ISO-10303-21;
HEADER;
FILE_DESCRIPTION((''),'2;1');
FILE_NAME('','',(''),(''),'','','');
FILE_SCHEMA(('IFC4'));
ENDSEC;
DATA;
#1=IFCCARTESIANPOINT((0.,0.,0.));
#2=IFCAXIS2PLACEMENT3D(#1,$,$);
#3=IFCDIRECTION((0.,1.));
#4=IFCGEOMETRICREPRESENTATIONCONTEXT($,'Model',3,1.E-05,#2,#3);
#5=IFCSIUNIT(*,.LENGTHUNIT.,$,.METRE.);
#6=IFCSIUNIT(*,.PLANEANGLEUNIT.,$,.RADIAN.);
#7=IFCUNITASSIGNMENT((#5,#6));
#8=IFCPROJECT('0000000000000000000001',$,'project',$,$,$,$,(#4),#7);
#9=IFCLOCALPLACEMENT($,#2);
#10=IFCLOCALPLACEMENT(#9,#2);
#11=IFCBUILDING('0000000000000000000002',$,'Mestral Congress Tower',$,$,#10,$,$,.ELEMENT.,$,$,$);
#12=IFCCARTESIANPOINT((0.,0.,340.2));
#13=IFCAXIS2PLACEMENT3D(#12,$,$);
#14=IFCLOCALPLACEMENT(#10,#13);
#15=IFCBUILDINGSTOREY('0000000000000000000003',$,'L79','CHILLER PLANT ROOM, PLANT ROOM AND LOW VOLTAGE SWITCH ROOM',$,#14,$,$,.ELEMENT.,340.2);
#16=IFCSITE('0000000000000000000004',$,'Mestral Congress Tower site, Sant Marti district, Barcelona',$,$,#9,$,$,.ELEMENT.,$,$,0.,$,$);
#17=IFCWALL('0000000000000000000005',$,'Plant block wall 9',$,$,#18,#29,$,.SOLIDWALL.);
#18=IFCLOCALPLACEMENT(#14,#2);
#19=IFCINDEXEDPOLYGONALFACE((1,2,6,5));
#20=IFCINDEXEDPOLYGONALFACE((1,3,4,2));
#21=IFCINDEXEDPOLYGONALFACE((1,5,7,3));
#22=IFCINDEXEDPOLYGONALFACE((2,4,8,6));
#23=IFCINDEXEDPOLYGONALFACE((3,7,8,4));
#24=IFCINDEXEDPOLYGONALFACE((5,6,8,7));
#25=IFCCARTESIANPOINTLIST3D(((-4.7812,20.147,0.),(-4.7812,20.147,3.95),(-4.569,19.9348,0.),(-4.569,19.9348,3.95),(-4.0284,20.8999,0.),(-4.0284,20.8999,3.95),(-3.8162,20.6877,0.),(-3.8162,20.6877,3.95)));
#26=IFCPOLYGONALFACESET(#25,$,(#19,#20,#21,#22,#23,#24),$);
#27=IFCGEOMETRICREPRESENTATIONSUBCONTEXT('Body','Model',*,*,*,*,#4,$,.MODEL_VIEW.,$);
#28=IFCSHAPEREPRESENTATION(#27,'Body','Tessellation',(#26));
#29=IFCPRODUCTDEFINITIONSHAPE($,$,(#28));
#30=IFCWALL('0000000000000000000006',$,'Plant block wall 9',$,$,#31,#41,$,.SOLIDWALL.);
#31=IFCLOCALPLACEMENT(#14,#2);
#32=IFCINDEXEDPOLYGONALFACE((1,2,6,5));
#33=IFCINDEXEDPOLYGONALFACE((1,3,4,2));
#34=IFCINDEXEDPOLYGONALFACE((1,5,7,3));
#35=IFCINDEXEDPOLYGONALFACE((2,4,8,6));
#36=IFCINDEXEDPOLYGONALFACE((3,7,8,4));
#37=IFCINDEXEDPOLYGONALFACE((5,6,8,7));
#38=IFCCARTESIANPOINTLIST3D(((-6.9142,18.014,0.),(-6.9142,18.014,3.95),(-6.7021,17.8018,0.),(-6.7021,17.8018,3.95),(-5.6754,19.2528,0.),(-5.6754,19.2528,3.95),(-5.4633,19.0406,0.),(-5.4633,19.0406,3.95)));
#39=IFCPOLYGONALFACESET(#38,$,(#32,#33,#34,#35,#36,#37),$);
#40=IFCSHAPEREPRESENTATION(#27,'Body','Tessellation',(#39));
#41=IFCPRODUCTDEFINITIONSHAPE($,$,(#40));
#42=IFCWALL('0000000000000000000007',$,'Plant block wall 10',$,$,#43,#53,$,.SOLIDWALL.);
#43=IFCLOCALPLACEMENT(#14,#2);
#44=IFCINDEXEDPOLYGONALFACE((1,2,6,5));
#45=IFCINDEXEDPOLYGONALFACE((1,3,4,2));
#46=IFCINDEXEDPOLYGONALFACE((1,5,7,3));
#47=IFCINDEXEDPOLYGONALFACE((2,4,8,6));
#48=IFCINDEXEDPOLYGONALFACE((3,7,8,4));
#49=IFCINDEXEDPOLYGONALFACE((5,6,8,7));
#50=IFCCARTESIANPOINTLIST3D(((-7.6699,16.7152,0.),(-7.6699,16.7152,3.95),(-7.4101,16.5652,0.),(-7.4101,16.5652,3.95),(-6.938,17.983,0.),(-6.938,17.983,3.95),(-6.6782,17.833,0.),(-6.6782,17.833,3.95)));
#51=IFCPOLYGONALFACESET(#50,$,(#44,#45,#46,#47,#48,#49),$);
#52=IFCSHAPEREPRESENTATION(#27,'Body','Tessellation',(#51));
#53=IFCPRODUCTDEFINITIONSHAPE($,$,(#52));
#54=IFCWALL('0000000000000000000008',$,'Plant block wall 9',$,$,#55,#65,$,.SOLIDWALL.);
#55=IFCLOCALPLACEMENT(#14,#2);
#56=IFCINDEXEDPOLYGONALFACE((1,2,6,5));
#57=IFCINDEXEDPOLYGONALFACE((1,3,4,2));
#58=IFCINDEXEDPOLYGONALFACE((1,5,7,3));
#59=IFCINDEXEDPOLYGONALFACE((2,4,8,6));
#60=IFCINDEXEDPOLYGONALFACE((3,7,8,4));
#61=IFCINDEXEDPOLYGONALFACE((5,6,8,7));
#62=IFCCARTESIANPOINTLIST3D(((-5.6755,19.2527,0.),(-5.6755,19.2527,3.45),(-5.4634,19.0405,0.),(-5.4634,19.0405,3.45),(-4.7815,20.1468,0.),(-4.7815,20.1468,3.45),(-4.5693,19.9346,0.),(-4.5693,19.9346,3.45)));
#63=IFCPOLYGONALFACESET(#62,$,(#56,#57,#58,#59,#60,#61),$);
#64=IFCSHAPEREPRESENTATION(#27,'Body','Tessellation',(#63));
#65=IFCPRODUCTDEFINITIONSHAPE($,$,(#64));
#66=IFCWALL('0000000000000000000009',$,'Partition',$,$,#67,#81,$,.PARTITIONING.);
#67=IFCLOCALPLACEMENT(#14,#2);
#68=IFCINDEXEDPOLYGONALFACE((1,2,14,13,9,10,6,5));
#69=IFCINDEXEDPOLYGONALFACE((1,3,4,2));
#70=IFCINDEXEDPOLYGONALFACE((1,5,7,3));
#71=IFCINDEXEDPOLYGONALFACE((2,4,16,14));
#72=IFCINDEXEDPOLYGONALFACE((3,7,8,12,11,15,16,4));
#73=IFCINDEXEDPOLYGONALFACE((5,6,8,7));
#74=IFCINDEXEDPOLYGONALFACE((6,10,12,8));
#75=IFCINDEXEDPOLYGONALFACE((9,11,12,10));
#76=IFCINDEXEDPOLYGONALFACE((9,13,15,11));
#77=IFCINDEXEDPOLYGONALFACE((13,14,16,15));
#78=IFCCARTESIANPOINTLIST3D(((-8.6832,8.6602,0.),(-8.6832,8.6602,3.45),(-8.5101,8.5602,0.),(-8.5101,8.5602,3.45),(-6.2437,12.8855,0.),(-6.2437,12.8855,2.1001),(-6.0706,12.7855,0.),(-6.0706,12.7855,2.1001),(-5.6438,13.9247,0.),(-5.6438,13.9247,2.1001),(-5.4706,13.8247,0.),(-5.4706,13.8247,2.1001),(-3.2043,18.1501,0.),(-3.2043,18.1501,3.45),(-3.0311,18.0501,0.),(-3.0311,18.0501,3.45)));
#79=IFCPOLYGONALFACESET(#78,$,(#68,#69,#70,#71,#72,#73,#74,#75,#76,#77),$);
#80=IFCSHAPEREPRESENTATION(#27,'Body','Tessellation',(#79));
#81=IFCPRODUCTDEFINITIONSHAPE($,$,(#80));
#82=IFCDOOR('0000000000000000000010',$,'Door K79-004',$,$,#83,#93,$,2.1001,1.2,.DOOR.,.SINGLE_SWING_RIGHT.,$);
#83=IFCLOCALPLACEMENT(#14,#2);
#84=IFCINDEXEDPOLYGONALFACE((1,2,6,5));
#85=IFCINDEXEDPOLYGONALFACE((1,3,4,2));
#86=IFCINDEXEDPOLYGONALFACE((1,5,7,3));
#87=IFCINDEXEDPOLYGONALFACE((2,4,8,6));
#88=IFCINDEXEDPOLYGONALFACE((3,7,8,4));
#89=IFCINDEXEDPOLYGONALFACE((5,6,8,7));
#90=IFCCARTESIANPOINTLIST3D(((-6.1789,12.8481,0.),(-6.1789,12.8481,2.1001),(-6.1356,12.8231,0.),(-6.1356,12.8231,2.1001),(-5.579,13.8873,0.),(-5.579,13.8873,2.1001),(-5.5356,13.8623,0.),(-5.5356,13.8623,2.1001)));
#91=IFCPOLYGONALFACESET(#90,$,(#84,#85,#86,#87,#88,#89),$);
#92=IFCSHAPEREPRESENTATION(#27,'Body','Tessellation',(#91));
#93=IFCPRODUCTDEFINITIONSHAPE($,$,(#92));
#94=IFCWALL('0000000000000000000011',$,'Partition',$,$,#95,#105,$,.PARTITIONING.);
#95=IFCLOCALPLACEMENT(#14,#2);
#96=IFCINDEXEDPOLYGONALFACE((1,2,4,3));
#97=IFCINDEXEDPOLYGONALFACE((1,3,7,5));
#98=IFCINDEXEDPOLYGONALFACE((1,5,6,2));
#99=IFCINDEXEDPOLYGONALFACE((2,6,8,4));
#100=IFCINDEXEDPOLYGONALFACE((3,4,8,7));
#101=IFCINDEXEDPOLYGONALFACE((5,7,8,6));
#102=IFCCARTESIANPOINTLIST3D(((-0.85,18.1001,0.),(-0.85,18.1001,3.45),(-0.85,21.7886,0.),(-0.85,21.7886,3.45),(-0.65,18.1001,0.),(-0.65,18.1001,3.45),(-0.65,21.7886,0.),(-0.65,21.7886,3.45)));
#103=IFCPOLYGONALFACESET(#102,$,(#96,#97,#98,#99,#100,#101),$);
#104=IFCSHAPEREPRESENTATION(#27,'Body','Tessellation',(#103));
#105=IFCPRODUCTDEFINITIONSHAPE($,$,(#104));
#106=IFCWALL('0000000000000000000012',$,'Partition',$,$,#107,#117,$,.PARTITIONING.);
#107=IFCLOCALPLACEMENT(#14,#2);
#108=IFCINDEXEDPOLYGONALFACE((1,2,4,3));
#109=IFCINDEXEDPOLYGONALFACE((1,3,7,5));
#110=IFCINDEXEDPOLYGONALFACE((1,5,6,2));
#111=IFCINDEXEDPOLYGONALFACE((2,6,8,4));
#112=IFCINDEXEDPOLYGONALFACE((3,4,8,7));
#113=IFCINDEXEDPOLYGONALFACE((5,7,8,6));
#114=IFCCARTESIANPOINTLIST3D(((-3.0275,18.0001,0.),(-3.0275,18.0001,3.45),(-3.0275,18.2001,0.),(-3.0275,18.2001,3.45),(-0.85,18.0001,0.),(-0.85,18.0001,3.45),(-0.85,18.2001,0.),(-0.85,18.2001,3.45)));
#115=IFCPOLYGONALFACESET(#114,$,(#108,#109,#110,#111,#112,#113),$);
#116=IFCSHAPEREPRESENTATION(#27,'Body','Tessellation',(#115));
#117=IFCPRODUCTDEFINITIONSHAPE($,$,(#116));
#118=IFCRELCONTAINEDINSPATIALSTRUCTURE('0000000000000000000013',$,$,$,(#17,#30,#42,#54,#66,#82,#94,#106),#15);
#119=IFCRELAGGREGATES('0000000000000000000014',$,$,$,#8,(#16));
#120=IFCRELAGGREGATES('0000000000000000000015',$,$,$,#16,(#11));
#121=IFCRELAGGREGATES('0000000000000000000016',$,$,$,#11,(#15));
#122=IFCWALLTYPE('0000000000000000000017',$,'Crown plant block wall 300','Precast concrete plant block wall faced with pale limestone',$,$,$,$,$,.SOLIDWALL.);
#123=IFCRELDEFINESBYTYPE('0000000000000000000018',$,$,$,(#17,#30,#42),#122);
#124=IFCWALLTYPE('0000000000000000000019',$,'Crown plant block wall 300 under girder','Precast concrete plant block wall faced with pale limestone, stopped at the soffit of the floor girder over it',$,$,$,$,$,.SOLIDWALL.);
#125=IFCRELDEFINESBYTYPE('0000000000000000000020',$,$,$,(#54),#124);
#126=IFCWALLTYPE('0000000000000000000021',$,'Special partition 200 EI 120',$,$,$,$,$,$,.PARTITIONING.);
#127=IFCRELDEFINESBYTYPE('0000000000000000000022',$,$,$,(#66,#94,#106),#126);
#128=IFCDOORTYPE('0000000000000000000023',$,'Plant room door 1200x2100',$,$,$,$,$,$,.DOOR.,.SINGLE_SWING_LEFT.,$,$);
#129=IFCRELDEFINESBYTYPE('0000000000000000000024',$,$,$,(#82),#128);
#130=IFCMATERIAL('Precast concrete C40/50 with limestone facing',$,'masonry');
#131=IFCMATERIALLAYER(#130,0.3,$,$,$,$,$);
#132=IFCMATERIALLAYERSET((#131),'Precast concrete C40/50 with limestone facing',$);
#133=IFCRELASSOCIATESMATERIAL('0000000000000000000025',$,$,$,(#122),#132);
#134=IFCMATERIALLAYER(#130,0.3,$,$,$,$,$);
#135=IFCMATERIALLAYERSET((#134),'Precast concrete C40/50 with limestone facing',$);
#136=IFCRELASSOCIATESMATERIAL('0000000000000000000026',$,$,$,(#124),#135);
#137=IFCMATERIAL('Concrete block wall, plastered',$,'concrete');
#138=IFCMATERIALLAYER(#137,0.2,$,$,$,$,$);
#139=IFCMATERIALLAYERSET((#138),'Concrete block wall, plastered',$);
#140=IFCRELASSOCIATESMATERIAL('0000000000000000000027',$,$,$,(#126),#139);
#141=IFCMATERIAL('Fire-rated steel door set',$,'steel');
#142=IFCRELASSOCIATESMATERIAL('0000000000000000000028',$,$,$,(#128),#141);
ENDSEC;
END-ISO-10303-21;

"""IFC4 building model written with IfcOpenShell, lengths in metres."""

from ifc_helpers import new_model, si_unit, direction, frame, frame_2d, origin, place, context, subcontext, project, spatial, rectangle, extrude, material, layer, layer_set, type_object, element, fill, save


model = new_model("IFC4")

# Units and contexts
model_context = context("Model", 3, precision=1e-05, world=origin(), true_north=direction((0.0, 1.0)))
body_context = subcontext(model_context, "Body", "Model", "MODEL_VIEW")
ifc_project = project(units=[si_unit("LENGTHUNIT", "METRE"), si_unit("PLANEANGLEUNIT", "RADIAN")], contexts=[model_context])

# Site, building, storey
site_placement = place(None, origin())
site = spatial("IfcSite", under=ifc_project, at=site_placement, Name="Mestral Congress Tower site, Sant Marti district, Barcelona", CompositionType="ELEMENT", RefElevation=0.0)
building_placement = place(site_placement, origin())
building = spatial("IfcBuilding", under=site, at=building_placement, Name="Mestral Congress Tower", CompositionType="ELEMENT")
storey_placement = place(building_placement, frame((0.0, 0.0, 340.2)))
storey = spatial("IfcBuildingStorey", under=building, at=storey_placement, Name="L79", Description="CHILLER PLANT ROOM, PLANT ROOM AND LOW VOLTAGE SWITCH ROOM", CompositionType="ELEMENT", Elevation=340.2)

# Walls
ifc_material_1 = material(Name="Precast concrete C40/50 with limestone facing", Category="masonry")
ifc_layer_1 = layer(ifc_material_1, 0.3)
ifc_layer_set_1 = layer_set([ifc_layer_1], Name="Precast concrete C40/50 with limestone facing")
wall_type_1 = type_object("IfcWallType", Name="Crown plant block wall 300", Description="Precast concrete plant block wall faced with pale limestone", PredefinedType="SOLIDWALL", material=ifc_layer_set_1)
wall_1_placement = place(storey_placement, frame((-3.9224, 20.7937, 0.0), z_axis=(0.0, 0.0, 1.0), x_axis=(-0.707107, -0.707107, 0.0)))
element("IfcWall", 1, at=wall_1_placement, inside=storey, type_object=wall_type_1, Name="Plant block wall 9", PredefinedType="SOLIDWALL", context=body_context, shape_type="SweptSolid", body=[
    extrude(rectangle(XDim=1.0647, YDim=0.3, at=frame_2d((0.5322, 0.0))), origin(), (0.0, 0.0, 1.0), 3.95),
])
wall_2_placement = place(storey_placement, frame((-5.5693, 19.1467, 0.0), z_axis=(0.0, 0.0, 1.0), x_axis=(-0.707107, -0.707107, 0.0)))
element("IfcWall", 2, at=wall_2_placement, inside=storey, type_object=wall_type_1, Name="Plant block wall 9", PredefinedType="SOLIDWALL", context=body_context, shape_type="SweptSolid", body=[
    extrude(rectangle(XDim=1.752, YDim=0.3, at=frame_2d((0.876, 0.0))), origin(), (0.0, 0.0, 1.0), 3.95),
])
wall_3_placement = place(storey_placement, frame((-6.8081, 17.908, 0.0), z_axis=(0.0, 0.0, 1.0), x_axis=(-0.499977, -0.866038, 0.0)))
element("IfcWall", 3, at=wall_3_placement, inside=storey, type_object=wall_type_1, Name="Plant block wall 10", PredefinedType="SOLIDWALL", context=body_context, shape_type="SweptSolid", body=[
    extrude(rectangle(XDim=1.4639, YDim=0.3, at=frame_2d((0.7319, 0.0))), origin(), (0.0, 0.0, 1.0), 3.95),
])
ifc_layer_2 = layer(ifc_material_1, 0.3)
ifc_layer_set_2 = layer_set([ifc_layer_2], Name="Precast concrete C40/50 with limestone facing")
wall_type_2 = type_object("IfcWallType", Name="Crown plant block wall 300 under girder", Description="Precast concrete plant block wall faced with pale limestone, stopped at the soffit of the floor girder over it", PredefinedType="SOLIDWALL", material=ifc_layer_set_2)
wall_4_placement = place(storey_placement, frame((-4.6753, 20.0408, 0.0), z_axis=(0.0, 0.0, 1.0), x_axis=(-0.707107, -0.707107, 0.0)))
element("IfcWall", 4, at=wall_4_placement, inside=storey, type_object=wall_type_2, Name="Plant block wall 9", PredefinedType="SOLIDWALL", context=body_context, shape_type="SweptSolid", body=[
    extrude(rectangle(XDim=1.2644, YDim=0.3, at=frame_2d((0.6323, 0.0))), origin(), (0.0, 0.0, 1.0), 3.45),
])

# Wall, opening, door
ifc_material_2 = material(Name="Concrete block wall, plastered", Category="concrete")
ifc_layer_3 = layer(ifc_material_2, 0.2)
ifc_layer_set_3 = layer_set([ifc_layer_3], Name="Concrete block wall, plastered")
wall_type_3 = type_object("IfcWallType", Name="Special partition 200 EI 120", PredefinedType="PARTITIONING", material=ifc_layer_set_3)
wall_5_placement = place(storey_placement, frame((-3.1177, 18.1001, 0.0), z_axis=(0.0, 0.0, 1.0), x_axis=(-0.499997, -0.866027, 0.0)))
wall_5 = element("IfcWall", 5, at=wall_5_placement, inside=storey, type_object=wall_type_3, Name="Partition", PredefinedType="PARTITIONING", context=body_context, shape_type="SweptSolid", body=[
    extrude(rectangle(XDim=10.958, YDim=0.2, at=frame_2d((5.479, 0.0))), origin(), (0.0, 0.0, 1.0), 3.45),
])
opening_placement = place(wall_5_placement, frame((4.8789, 0.0, 0.0)))
opening = element("IfcOpeningElement", 6, at=opening_placement, cuts=wall_5, PredefinedType="OPENING", context=body_context, shape_type="SweptSolid", body=[
    extrude(rectangle(XDim=1.2, YDim=2.1001, at=frame_2d((0.6001, 1.05))), frame((0.0, 0.1099, 0.0), z_axis=(0.0, -1.0, 0.0), x_axis=(1.0, 0.0, 0.0)), (0.0, 0.0, 1.0), 0.22),
])
ifc_material_3 = material(Name="Fire-rated steel door set", Category="steel")
door_type = type_object("IfcDoorType", Name="Plant room door 1200x2100", OperationType="SINGLE_SWING_LEFT", PredefinedType="DOOR", material=ifc_material_3)
door_placement = place(opening_placement, origin())
door = element("IfcDoor", 7, at=door_placement, inside=storey, type_object=door_type, Name="Door K79-004", OperationType="SINGLE_SWING_RIGHT", OverallHeight=2.1001, OverallWidth=1.2, PredefinedType="DOOR", context=body_context, shape_type="SweptSolid", body=[
    extrude(rectangle(XDim=1.2, YDim=2.1001, at=frame_2d((0.6001, 1.05))), frame((0.0, 0.0249, 0.0), z_axis=(0.0, -1.0, 0.0), x_axis=(1.0, 0.0, 0.0)), (0.0, 0.0, 1.0), 0.05),
])
fill(opening, door)

# Walls
wall_6_placement = place(storey_placement, frame((-0.75, 18.1001, 0.0), z_axis=(0.0, 0.0, 1.0), x_axis=(0.0, 1.0, 0.0)))
element("IfcWall", 8, at=wall_6_placement, inside=storey, type_object=wall_type_3, Name="Partition", PredefinedType="PARTITIONING", context=body_context, shape_type="SweptSolid", body=[
    extrude(rectangle(XDim=3.6885, YDim=0.2, at=frame_2d((1.8442, 0.0))), origin(), (0.0, 0.0, 1.0), 3.45),
])
wall_7_placement = place(storey_placement, frame((-3.0276, 18.1001, 0.0), z_axis=(0.0, 0.0, 1.0), x_axis=(1.0, 0.0, 0.0)))
element("IfcWall", 9, at=wall_7_placement, inside=storey, type_object=wall_type_3, Name="Partition", PredefinedType="PARTITIONING", context=body_context, shape_type="SweptSolid", body=[
    extrude(rectangle(XDim=2.1775, YDim=0.2, at=frame_2d((1.0889, 0.0))), origin(), (0.0, 0.0, 1.0), 3.45),
])

save(model, "model.ifc")
